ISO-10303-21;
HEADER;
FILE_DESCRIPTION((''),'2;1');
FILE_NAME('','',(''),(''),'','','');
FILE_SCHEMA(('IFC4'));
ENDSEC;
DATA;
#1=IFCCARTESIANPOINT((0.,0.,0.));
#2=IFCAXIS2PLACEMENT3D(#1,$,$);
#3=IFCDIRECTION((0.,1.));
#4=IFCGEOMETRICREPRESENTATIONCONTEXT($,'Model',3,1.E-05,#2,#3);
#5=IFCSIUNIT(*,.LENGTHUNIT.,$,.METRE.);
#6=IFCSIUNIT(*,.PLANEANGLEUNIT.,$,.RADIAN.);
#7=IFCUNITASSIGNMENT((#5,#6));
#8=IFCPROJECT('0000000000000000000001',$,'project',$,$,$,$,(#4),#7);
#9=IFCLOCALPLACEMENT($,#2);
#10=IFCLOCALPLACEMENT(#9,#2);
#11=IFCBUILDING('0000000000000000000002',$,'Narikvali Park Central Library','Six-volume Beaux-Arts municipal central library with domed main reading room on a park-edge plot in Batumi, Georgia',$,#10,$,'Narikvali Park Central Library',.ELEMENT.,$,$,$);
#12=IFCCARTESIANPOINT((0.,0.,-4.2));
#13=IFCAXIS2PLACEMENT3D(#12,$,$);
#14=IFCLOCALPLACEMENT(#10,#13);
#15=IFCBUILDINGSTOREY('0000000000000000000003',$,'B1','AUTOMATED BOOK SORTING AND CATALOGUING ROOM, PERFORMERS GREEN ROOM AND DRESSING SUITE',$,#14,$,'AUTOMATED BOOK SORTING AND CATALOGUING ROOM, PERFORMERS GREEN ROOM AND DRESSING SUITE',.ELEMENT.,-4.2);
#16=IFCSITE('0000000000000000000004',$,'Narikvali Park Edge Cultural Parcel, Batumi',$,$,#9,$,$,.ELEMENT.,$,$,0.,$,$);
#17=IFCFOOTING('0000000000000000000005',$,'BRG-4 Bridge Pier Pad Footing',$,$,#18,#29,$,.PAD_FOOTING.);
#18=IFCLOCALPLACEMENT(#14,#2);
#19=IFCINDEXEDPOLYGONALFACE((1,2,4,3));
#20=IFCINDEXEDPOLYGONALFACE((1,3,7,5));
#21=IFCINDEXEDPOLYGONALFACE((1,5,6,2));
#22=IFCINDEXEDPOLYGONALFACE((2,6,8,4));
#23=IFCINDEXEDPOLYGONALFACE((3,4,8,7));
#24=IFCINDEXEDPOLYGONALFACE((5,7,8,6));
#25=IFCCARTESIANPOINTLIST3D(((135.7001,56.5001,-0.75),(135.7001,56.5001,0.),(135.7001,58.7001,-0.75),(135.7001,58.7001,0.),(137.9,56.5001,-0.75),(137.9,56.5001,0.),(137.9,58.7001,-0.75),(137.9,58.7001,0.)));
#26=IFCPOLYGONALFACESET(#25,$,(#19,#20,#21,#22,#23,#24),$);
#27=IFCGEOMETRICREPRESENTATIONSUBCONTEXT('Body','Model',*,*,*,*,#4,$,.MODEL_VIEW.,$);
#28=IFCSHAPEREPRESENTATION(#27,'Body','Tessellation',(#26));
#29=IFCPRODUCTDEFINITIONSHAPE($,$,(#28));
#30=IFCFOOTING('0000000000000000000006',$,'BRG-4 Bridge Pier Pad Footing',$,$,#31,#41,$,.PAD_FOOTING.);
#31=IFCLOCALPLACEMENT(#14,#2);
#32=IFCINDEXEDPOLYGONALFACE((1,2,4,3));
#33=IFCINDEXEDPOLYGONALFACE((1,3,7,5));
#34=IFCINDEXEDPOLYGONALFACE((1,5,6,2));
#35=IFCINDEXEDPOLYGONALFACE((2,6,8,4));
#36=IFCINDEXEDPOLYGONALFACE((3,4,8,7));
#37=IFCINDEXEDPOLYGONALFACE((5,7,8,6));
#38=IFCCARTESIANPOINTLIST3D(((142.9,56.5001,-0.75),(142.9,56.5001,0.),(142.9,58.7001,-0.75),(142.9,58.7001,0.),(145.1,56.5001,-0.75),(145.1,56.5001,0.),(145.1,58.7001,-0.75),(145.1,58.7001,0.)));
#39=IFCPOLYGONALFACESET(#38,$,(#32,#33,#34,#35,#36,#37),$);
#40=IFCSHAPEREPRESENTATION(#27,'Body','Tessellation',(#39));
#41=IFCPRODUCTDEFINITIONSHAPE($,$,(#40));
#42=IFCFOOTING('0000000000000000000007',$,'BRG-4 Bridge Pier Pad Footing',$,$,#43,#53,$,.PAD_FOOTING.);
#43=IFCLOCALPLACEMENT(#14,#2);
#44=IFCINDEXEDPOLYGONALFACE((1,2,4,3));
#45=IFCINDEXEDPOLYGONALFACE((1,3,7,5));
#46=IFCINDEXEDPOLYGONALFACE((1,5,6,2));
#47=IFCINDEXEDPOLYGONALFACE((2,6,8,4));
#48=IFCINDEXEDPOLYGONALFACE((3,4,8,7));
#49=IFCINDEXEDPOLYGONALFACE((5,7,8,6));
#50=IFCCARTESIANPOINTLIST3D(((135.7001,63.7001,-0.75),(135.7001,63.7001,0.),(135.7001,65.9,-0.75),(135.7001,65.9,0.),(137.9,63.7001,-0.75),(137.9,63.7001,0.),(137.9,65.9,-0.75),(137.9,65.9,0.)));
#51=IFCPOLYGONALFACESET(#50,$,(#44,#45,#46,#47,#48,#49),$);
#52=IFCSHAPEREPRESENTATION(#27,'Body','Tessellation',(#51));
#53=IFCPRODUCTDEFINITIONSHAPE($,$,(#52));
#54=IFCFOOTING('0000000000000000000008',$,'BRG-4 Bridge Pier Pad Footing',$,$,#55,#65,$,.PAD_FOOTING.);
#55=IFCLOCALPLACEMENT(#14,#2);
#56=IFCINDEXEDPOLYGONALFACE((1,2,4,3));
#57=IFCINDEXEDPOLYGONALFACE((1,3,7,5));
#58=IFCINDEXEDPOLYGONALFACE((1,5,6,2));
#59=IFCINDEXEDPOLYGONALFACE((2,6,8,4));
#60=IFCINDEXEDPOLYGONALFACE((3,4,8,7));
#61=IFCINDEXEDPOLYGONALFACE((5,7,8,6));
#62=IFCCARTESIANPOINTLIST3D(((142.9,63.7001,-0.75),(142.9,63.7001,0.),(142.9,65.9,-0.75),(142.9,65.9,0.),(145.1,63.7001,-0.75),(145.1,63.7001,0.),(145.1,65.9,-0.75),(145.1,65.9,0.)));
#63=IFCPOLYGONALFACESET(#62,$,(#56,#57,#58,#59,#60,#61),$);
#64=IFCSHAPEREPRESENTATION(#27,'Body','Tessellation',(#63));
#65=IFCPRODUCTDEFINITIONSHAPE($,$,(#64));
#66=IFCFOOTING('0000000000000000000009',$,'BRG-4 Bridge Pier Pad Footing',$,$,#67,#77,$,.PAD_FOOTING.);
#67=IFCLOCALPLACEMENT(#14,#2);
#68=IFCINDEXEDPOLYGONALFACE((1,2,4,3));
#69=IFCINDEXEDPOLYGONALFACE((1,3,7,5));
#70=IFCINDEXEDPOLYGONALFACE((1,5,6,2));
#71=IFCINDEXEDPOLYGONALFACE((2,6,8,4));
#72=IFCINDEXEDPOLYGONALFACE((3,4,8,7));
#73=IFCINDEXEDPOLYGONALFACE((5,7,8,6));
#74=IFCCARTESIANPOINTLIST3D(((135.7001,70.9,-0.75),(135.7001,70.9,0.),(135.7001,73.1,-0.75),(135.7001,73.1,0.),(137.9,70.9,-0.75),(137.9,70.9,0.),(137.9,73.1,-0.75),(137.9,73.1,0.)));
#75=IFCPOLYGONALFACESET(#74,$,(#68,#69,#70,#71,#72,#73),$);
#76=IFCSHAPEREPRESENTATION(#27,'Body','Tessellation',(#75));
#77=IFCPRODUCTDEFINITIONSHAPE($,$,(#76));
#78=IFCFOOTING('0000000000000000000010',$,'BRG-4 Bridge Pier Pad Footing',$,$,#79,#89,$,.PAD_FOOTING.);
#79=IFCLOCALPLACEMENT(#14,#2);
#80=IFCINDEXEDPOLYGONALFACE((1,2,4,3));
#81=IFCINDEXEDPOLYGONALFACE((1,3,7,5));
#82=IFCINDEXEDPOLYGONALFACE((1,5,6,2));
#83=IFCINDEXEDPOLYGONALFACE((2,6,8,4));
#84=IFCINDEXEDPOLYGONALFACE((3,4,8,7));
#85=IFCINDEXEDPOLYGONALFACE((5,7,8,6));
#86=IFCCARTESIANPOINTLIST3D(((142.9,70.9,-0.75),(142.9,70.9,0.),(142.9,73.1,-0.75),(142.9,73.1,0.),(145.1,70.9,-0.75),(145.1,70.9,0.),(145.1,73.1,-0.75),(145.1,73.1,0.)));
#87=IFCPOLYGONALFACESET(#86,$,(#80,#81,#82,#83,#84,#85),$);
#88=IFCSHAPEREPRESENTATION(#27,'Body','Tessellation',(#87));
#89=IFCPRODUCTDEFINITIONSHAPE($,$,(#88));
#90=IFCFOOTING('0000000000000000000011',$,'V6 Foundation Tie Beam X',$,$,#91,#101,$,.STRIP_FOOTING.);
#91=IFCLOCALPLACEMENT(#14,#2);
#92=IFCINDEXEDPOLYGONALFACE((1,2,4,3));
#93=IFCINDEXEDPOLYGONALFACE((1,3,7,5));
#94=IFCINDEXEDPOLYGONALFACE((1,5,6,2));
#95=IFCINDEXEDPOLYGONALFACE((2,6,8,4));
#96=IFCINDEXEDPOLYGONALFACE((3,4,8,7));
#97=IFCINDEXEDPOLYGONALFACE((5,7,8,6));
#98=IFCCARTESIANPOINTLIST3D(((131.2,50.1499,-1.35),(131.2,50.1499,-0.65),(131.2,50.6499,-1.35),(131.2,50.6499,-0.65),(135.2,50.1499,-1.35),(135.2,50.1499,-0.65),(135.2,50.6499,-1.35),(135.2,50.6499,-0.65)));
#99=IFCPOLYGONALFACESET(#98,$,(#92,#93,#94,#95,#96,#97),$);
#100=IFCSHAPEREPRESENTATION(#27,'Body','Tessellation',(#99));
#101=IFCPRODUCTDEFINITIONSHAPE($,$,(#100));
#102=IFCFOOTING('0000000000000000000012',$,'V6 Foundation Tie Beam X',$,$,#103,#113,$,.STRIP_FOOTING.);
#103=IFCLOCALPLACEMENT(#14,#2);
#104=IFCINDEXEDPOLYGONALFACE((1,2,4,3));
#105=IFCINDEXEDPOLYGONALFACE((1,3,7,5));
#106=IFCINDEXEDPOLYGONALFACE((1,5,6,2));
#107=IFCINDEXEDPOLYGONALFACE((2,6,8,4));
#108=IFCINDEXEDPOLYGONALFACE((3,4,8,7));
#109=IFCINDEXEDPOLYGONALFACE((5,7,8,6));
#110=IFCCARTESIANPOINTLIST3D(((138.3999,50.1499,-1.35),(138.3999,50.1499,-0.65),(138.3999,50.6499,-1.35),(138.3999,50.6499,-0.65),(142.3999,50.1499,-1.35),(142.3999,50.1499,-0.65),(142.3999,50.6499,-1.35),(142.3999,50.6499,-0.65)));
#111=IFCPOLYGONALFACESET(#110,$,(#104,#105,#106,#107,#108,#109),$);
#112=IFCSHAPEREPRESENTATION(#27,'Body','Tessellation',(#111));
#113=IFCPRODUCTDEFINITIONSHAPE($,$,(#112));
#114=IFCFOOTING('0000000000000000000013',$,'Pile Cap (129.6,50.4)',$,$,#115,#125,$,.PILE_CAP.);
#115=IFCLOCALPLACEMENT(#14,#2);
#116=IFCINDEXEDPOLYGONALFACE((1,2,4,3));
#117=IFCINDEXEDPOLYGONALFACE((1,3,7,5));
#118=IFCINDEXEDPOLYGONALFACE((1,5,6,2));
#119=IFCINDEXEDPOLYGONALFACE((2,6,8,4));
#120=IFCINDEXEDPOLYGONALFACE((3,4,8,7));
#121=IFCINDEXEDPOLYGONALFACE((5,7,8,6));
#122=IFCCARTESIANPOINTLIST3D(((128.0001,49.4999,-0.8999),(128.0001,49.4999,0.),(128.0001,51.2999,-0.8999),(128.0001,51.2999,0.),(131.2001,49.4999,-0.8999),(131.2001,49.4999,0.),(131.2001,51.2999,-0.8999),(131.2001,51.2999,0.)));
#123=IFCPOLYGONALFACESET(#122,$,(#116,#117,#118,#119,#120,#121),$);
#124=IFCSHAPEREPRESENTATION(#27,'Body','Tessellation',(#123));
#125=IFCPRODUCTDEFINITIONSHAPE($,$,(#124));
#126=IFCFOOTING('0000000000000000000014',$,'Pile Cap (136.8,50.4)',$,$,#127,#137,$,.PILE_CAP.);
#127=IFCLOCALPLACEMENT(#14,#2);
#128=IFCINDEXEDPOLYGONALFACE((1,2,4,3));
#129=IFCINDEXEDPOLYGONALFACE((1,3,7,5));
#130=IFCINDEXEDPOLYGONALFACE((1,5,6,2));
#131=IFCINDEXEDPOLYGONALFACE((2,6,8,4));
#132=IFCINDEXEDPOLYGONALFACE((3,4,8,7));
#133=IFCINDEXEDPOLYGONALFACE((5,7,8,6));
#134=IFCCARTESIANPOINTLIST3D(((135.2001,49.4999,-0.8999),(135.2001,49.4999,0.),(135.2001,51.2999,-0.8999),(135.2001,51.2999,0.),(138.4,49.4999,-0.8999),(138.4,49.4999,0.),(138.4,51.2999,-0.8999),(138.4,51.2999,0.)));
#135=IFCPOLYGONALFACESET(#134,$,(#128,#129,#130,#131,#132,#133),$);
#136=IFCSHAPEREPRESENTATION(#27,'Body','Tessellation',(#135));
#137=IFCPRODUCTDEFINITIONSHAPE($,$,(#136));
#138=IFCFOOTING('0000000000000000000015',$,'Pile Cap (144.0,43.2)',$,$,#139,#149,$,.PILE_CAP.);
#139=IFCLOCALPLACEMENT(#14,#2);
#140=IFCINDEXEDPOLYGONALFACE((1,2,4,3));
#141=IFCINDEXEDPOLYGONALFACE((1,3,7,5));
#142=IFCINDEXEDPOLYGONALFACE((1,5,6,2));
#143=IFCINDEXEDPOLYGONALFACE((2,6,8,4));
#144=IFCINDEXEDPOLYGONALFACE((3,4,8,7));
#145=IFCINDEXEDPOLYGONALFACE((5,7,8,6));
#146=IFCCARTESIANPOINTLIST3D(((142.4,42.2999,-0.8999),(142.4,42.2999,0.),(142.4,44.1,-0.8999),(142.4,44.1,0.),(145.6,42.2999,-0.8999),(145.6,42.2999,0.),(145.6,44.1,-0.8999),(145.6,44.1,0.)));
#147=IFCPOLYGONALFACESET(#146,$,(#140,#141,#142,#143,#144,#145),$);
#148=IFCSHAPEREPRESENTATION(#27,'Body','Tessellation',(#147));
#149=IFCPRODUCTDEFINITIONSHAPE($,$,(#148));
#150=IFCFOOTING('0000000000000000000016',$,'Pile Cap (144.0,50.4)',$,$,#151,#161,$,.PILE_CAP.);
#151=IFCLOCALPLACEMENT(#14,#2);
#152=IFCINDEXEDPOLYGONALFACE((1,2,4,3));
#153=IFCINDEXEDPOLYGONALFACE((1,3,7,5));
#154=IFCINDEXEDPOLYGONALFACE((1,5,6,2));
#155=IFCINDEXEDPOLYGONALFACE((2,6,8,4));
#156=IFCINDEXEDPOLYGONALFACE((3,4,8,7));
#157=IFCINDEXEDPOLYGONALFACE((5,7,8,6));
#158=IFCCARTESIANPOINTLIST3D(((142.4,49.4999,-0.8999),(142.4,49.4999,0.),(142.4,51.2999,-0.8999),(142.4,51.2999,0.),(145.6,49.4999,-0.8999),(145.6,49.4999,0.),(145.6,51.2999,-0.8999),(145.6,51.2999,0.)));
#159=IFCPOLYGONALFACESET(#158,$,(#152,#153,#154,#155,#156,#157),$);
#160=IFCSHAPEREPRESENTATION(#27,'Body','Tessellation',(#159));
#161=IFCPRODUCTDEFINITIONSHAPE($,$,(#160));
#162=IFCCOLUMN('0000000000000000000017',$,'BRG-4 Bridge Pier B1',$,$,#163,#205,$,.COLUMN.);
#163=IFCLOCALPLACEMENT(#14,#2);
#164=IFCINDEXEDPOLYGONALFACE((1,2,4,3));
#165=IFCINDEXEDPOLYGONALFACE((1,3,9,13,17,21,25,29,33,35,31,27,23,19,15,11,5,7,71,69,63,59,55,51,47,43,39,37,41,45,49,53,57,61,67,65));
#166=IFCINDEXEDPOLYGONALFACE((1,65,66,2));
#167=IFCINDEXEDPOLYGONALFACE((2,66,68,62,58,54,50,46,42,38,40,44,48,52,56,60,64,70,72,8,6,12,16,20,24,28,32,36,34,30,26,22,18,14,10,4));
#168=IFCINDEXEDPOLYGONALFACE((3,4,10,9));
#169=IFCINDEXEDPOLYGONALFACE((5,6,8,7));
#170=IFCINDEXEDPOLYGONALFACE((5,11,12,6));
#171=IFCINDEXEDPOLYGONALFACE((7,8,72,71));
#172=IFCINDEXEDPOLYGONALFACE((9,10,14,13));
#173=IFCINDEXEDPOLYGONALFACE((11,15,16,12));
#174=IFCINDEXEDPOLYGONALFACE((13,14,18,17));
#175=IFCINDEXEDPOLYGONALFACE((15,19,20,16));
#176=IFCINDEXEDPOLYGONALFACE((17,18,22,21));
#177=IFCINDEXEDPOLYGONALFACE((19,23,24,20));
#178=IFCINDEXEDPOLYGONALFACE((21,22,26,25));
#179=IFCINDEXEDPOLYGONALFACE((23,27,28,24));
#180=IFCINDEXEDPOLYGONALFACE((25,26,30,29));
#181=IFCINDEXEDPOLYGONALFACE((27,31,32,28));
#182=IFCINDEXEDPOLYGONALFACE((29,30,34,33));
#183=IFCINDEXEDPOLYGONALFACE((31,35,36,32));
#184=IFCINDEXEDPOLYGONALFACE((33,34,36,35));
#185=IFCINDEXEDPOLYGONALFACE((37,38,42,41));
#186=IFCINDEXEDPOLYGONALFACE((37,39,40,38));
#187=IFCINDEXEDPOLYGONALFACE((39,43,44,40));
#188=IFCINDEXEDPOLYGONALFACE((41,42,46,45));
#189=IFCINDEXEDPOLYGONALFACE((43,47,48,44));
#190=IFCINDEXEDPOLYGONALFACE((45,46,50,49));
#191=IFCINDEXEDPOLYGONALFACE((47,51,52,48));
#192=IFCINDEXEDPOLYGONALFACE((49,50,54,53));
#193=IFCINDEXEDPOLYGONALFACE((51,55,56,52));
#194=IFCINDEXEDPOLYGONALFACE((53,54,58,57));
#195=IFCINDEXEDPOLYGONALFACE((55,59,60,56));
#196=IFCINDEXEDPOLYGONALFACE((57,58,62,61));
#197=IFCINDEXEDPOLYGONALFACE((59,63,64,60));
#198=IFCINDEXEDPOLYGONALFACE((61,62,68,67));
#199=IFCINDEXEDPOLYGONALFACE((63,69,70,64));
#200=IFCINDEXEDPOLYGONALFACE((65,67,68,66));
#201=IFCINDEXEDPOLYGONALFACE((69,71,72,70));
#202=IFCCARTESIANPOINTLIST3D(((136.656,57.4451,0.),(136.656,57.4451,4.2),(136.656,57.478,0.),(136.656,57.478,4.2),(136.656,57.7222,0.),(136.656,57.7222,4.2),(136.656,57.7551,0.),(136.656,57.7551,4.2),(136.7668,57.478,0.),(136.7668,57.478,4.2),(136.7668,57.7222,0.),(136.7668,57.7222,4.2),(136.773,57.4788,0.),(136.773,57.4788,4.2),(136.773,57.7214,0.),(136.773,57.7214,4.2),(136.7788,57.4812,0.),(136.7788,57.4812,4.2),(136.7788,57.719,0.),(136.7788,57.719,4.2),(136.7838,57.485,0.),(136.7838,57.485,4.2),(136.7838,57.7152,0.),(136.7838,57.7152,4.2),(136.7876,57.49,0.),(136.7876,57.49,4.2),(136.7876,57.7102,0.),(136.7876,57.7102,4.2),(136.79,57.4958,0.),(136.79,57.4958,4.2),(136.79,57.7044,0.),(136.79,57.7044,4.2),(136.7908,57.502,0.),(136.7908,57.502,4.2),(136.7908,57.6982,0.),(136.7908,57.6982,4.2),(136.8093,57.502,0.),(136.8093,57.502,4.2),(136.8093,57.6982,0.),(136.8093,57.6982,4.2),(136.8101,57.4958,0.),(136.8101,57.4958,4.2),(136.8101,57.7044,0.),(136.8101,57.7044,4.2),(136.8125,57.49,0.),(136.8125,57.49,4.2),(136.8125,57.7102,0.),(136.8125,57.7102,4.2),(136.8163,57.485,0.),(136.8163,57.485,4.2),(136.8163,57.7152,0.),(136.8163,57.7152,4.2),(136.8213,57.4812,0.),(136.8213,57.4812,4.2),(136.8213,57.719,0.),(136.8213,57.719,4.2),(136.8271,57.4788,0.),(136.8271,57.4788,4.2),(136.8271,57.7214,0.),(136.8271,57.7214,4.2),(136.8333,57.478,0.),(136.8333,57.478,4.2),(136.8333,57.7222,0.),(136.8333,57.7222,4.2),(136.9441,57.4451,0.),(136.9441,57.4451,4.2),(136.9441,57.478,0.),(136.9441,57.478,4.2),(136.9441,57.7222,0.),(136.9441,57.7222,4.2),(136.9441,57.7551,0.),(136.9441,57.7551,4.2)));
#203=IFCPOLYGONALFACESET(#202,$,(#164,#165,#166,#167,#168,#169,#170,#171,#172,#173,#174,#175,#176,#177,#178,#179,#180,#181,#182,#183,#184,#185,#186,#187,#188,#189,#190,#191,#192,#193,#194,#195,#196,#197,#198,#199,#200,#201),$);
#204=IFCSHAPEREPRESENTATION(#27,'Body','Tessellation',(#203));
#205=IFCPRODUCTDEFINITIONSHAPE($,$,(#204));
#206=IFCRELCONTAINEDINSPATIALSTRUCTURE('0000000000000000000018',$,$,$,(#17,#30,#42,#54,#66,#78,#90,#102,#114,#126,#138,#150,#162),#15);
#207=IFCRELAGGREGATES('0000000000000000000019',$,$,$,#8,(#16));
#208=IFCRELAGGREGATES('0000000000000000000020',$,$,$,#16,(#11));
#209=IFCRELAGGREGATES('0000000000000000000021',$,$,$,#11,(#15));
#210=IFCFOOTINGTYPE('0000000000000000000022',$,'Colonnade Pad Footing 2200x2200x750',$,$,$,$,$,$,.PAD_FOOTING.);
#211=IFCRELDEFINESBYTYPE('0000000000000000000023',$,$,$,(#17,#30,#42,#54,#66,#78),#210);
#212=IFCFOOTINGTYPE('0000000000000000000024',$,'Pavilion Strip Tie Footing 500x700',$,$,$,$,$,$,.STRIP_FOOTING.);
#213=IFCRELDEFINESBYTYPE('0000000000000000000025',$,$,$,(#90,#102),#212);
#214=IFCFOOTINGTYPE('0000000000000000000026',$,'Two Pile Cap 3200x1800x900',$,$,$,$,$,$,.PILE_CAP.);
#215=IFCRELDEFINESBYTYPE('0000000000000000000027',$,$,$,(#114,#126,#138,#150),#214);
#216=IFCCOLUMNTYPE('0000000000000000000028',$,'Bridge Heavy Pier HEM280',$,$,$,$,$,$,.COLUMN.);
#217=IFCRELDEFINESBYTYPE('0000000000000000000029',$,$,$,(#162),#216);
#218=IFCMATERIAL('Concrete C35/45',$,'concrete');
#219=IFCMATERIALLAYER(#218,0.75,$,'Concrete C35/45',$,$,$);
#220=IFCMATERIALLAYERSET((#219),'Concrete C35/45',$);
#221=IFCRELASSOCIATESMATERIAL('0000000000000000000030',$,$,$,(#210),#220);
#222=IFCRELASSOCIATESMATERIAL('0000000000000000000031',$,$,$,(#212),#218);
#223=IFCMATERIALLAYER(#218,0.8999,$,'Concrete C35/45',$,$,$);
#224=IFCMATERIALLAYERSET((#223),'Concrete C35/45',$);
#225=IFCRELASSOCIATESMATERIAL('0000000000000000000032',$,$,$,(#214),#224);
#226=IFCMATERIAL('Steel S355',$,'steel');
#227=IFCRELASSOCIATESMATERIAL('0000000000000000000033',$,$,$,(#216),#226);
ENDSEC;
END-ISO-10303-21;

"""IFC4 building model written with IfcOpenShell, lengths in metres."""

from ifc_helpers import new_model, si_unit, direction, frame, origin, origin_2d, place, context, subcontext, project, spatial, rectangle, i_section, extrude, material, layer, layer_set, material_profile, profile_set, type_object, element, save


model = new_model("IFC4")

# Units and contexts
model_context = context("Model", 3, precision=1e-05, world=origin(), true_north=direction((0.0, 1.0)))
body_context = subcontext(model_context, "Body", "Model", "MODEL_VIEW")
ifc_project = project(units=[si_unit("LENGTHUNIT", "METRE"), si_unit("PLANEANGLEUNIT", "RADIAN")], contexts=[model_context])

# Site, building, storey
site_placement = place(None, origin())
site = spatial("IfcSite", under=ifc_project, at=site_placement, Name="Narikvali Park Edge Cultural Parcel, Batumi", CompositionType="ELEMENT", RefElevation=0.0)
building_placement = place(site_placement, origin())
building = spatial("IfcBuilding", under=site, at=building_placement, Name="Narikvali Park Central Library", Description="Six-volume Beaux-Arts municipal central library with domed main reading room on a park-edge plot in Batumi, Georgia", LongName="Narikvali Park Central Library", CompositionType="ELEMENT")
storey_placement = place(building_placement, frame((0.0, 0.0, -4.2)))
storey = spatial("IfcBuildingStorey", under=building, at=storey_placement, Name="B1", Description="AUTOMATED BOOK SORTING AND CATALOGUING ROOM, PERFORMERS GREEN ROOM AND DRESSING SUITE", LongName="AUTOMATED BOOK SORTING AND CATALOGUING ROOM, PERFORMERS GREEN ROOM AND DRESSING SUITE", CompositionType="ELEMENT", Elevation=-4.2)

# Shared definitions
ifc_material_1 = material(Name="Concrete C35/45", Category="concrete")

# Footings
ifc_layer_1 = layer(ifc_material_1, 0.75, Name="Concrete C35/45")
ifc_layer_set_1 = layer_set([ifc_layer_1], Name="Concrete C35/45")
footing_type_1 = type_object("IfcFootingType", Name="Colonnade Pad Footing 2200x2200x750", PredefinedType="PAD_FOOTING", material=ifc_layer_set_1)
for number, where, z_axis, x_axis, name in (
    (1, (136.8, 57.6001, -0.75), (0.0, 0.0, 1.0), (1.0, 0.0, 0.0), "BRG-4 Bridge Pier Pad Footing"),
    (2, (144.0, 57.6001, -0.75), (0.0, 0.0, 1.0), (1.0, 0.0, 0.0), "BRG-4 Bridge Pier Pad Footing"),
    (3, (136.8, 64.8, -0.75), (0.0, 0.0, 1.0), (1.0, 0.0, 0.0), "BRG-4 Bridge Pier Pad Footing"),
    (4, (144.0, 64.8, -0.75), (0.0, 0.0, 1.0), (1.0, 0.0, 0.0), "BRG-4 Bridge Pier Pad Footing"),
    (5, (136.8, 72.0, -0.75), (0.0, 0.0, 1.0), (1.0, 0.0, 0.0), "BRG-4 Bridge Pier Pad Footing"),
    (6, (144.0, 72.0, -0.75), (0.0, 0.0, 1.0), (1.0, 0.0, 0.0), "BRG-4 Bridge Pier Pad Footing"),
):
    element("IfcFooting", number, at=place(storey_placement, frame(where, z_axis=z_axis, x_axis=x_axis)), inside=storey, type_object=footing_type_1, Name=name, PredefinedType="PAD_FOOTING", context=body_context, shape_type="SweptSolid", body=[
        extrude(rectangle(XDim=2.2, YDim=2.2, at=origin_2d()), origin(), (0.0, 0.0, 1.0), 0.75),
    ])
ifc_material_profile_1 = material_profile(ifc_material_1, rectangle(XDim=0.5, YDim=0.7, at=origin_2d()), Name="RC GB 500x700")
ifc_profile_set_1 = profile_set([ifc_material_profile_1], Name="Concrete C35/45")
footing_type_2 = type_object("IfcFootingType", Name="Pavilion Strip Tie Footing 500x700", PredefinedType="STRIP_FOOTING", material=ifc_profile_set_1)
for number, where, z_axis, x_axis, name in (
    (7, (131.2, 50.3999, -1.0), (1.0, 0.0, 0.0), (0.0, 1.0, 0.0), "V6 Foundation Tie Beam X"),
    (8, (138.3999, 50.3999, -1.0), (1.0, 0.0, 0.0), (0.0, 1.0, 0.0), "V6 Foundation Tie Beam X"),
):
    element("IfcFooting", number, at=place(storey_placement, frame(where, z_axis=z_axis, x_axis=x_axis)), inside=storey, type_object=footing_type_2, Name=name, PredefinedType="STRIP_FOOTING", context=body_context, shape_type="SweptSolid", body=[
        extrude(rectangle(XDim=0.5, YDim=0.7, at=origin_2d()), origin(), (0.0, 0.0, 1.0), 4.0),
    ])
ifc_layer_2 = layer(ifc_material_1, 0.8999, Name="Concrete C35/45")
ifc_layer_set_2 = layer_set([ifc_layer_2], Name="Concrete C35/45")
footing_type_3 = type_object("IfcFootingType", Name="Two Pile Cap 3200x1800x900", PredefinedType="PILE_CAP", material=ifc_layer_set_2)
for number, where, z_axis, x_axis, name in (
    (9, (129.6001, 50.3999, -0.8999), (0.0, 0.0, 1.0), (1.0, 0.0, 0.0), "Pile Cap (129.6,50.4)"),
    (10, (136.8, 50.3999, -0.8999), (0.0, 0.0, 1.0), (1.0, 0.0, 0.0), "Pile Cap (136.8,50.4)"),
    (11, (144.0, 43.2, -0.8999), (0.0, 0.0, 1.0), (1.0, 0.0, 0.0), "Pile Cap (144.0,43.2)"),
    (12, (144.0, 50.3999, -0.8999), (0.0, 0.0, 1.0), (1.0, 0.0, 0.0), "Pile Cap (144.0,50.4)"),
):
    element("IfcFooting", number, at=place(storey_placement, frame(where, z_axis=z_axis, x_axis=x_axis)), inside=storey, type_object=footing_type_3, Name=name, PredefinedType="PILE_CAP", context=body_context, shape_type="SweptSolid", body=[
        extrude(rectangle(XDim=3.2, YDim=1.8, at=origin_2d()), origin(), (0.0, 0.0, 1.0), 0.8999),
    ])

# Column
ifc_material_2 = material(Name="Steel S355", Category="steel")
ifc_material_profile_2 = material_profile(ifc_material_2, i_section(OverallWidth=0.2881, OverallDepth=0.3101, WebThickness=0.0186, FlangeThickness=0.033, FilletRadius=0.0239, at=origin_2d()), Name="HEM 280")
ifc_profile_set_2 = profile_set([ifc_material_profile_2], Name="Steel S355")
column_type_1 = type_object("IfcColumnType", Name="Bridge Heavy Pier HEM280", PredefinedType="COLUMN", material=ifc_profile_set_2)
for number, where, z_axis, x_axis, name in (
    (13, (136.8, 57.6001, 0.0), (0.0, 0.0, 1.0), (1.0, 0.0, 0.0), "BRG-4 Bridge Pier B1"),
):
    element("IfcColumn", number, at=place(storey_placement, frame(where, z_axis=z_axis, x_axis=x_axis)), inside=storey, type_object=column_type_1, Name=name, PredefinedType="COLUMN", context=body_context, shape_type="SweptSolid", body=[
        extrude(i_section(OverallWidth=0.2881, OverallDepth=0.3101, WebThickness=0.0186, FlangeThickness=0.033, FilletRadius=0.0239, at=origin_2d()), origin(), (0.0, 0.0, 1.0), 4.2),
    ])

save(model, "model.ifc")
